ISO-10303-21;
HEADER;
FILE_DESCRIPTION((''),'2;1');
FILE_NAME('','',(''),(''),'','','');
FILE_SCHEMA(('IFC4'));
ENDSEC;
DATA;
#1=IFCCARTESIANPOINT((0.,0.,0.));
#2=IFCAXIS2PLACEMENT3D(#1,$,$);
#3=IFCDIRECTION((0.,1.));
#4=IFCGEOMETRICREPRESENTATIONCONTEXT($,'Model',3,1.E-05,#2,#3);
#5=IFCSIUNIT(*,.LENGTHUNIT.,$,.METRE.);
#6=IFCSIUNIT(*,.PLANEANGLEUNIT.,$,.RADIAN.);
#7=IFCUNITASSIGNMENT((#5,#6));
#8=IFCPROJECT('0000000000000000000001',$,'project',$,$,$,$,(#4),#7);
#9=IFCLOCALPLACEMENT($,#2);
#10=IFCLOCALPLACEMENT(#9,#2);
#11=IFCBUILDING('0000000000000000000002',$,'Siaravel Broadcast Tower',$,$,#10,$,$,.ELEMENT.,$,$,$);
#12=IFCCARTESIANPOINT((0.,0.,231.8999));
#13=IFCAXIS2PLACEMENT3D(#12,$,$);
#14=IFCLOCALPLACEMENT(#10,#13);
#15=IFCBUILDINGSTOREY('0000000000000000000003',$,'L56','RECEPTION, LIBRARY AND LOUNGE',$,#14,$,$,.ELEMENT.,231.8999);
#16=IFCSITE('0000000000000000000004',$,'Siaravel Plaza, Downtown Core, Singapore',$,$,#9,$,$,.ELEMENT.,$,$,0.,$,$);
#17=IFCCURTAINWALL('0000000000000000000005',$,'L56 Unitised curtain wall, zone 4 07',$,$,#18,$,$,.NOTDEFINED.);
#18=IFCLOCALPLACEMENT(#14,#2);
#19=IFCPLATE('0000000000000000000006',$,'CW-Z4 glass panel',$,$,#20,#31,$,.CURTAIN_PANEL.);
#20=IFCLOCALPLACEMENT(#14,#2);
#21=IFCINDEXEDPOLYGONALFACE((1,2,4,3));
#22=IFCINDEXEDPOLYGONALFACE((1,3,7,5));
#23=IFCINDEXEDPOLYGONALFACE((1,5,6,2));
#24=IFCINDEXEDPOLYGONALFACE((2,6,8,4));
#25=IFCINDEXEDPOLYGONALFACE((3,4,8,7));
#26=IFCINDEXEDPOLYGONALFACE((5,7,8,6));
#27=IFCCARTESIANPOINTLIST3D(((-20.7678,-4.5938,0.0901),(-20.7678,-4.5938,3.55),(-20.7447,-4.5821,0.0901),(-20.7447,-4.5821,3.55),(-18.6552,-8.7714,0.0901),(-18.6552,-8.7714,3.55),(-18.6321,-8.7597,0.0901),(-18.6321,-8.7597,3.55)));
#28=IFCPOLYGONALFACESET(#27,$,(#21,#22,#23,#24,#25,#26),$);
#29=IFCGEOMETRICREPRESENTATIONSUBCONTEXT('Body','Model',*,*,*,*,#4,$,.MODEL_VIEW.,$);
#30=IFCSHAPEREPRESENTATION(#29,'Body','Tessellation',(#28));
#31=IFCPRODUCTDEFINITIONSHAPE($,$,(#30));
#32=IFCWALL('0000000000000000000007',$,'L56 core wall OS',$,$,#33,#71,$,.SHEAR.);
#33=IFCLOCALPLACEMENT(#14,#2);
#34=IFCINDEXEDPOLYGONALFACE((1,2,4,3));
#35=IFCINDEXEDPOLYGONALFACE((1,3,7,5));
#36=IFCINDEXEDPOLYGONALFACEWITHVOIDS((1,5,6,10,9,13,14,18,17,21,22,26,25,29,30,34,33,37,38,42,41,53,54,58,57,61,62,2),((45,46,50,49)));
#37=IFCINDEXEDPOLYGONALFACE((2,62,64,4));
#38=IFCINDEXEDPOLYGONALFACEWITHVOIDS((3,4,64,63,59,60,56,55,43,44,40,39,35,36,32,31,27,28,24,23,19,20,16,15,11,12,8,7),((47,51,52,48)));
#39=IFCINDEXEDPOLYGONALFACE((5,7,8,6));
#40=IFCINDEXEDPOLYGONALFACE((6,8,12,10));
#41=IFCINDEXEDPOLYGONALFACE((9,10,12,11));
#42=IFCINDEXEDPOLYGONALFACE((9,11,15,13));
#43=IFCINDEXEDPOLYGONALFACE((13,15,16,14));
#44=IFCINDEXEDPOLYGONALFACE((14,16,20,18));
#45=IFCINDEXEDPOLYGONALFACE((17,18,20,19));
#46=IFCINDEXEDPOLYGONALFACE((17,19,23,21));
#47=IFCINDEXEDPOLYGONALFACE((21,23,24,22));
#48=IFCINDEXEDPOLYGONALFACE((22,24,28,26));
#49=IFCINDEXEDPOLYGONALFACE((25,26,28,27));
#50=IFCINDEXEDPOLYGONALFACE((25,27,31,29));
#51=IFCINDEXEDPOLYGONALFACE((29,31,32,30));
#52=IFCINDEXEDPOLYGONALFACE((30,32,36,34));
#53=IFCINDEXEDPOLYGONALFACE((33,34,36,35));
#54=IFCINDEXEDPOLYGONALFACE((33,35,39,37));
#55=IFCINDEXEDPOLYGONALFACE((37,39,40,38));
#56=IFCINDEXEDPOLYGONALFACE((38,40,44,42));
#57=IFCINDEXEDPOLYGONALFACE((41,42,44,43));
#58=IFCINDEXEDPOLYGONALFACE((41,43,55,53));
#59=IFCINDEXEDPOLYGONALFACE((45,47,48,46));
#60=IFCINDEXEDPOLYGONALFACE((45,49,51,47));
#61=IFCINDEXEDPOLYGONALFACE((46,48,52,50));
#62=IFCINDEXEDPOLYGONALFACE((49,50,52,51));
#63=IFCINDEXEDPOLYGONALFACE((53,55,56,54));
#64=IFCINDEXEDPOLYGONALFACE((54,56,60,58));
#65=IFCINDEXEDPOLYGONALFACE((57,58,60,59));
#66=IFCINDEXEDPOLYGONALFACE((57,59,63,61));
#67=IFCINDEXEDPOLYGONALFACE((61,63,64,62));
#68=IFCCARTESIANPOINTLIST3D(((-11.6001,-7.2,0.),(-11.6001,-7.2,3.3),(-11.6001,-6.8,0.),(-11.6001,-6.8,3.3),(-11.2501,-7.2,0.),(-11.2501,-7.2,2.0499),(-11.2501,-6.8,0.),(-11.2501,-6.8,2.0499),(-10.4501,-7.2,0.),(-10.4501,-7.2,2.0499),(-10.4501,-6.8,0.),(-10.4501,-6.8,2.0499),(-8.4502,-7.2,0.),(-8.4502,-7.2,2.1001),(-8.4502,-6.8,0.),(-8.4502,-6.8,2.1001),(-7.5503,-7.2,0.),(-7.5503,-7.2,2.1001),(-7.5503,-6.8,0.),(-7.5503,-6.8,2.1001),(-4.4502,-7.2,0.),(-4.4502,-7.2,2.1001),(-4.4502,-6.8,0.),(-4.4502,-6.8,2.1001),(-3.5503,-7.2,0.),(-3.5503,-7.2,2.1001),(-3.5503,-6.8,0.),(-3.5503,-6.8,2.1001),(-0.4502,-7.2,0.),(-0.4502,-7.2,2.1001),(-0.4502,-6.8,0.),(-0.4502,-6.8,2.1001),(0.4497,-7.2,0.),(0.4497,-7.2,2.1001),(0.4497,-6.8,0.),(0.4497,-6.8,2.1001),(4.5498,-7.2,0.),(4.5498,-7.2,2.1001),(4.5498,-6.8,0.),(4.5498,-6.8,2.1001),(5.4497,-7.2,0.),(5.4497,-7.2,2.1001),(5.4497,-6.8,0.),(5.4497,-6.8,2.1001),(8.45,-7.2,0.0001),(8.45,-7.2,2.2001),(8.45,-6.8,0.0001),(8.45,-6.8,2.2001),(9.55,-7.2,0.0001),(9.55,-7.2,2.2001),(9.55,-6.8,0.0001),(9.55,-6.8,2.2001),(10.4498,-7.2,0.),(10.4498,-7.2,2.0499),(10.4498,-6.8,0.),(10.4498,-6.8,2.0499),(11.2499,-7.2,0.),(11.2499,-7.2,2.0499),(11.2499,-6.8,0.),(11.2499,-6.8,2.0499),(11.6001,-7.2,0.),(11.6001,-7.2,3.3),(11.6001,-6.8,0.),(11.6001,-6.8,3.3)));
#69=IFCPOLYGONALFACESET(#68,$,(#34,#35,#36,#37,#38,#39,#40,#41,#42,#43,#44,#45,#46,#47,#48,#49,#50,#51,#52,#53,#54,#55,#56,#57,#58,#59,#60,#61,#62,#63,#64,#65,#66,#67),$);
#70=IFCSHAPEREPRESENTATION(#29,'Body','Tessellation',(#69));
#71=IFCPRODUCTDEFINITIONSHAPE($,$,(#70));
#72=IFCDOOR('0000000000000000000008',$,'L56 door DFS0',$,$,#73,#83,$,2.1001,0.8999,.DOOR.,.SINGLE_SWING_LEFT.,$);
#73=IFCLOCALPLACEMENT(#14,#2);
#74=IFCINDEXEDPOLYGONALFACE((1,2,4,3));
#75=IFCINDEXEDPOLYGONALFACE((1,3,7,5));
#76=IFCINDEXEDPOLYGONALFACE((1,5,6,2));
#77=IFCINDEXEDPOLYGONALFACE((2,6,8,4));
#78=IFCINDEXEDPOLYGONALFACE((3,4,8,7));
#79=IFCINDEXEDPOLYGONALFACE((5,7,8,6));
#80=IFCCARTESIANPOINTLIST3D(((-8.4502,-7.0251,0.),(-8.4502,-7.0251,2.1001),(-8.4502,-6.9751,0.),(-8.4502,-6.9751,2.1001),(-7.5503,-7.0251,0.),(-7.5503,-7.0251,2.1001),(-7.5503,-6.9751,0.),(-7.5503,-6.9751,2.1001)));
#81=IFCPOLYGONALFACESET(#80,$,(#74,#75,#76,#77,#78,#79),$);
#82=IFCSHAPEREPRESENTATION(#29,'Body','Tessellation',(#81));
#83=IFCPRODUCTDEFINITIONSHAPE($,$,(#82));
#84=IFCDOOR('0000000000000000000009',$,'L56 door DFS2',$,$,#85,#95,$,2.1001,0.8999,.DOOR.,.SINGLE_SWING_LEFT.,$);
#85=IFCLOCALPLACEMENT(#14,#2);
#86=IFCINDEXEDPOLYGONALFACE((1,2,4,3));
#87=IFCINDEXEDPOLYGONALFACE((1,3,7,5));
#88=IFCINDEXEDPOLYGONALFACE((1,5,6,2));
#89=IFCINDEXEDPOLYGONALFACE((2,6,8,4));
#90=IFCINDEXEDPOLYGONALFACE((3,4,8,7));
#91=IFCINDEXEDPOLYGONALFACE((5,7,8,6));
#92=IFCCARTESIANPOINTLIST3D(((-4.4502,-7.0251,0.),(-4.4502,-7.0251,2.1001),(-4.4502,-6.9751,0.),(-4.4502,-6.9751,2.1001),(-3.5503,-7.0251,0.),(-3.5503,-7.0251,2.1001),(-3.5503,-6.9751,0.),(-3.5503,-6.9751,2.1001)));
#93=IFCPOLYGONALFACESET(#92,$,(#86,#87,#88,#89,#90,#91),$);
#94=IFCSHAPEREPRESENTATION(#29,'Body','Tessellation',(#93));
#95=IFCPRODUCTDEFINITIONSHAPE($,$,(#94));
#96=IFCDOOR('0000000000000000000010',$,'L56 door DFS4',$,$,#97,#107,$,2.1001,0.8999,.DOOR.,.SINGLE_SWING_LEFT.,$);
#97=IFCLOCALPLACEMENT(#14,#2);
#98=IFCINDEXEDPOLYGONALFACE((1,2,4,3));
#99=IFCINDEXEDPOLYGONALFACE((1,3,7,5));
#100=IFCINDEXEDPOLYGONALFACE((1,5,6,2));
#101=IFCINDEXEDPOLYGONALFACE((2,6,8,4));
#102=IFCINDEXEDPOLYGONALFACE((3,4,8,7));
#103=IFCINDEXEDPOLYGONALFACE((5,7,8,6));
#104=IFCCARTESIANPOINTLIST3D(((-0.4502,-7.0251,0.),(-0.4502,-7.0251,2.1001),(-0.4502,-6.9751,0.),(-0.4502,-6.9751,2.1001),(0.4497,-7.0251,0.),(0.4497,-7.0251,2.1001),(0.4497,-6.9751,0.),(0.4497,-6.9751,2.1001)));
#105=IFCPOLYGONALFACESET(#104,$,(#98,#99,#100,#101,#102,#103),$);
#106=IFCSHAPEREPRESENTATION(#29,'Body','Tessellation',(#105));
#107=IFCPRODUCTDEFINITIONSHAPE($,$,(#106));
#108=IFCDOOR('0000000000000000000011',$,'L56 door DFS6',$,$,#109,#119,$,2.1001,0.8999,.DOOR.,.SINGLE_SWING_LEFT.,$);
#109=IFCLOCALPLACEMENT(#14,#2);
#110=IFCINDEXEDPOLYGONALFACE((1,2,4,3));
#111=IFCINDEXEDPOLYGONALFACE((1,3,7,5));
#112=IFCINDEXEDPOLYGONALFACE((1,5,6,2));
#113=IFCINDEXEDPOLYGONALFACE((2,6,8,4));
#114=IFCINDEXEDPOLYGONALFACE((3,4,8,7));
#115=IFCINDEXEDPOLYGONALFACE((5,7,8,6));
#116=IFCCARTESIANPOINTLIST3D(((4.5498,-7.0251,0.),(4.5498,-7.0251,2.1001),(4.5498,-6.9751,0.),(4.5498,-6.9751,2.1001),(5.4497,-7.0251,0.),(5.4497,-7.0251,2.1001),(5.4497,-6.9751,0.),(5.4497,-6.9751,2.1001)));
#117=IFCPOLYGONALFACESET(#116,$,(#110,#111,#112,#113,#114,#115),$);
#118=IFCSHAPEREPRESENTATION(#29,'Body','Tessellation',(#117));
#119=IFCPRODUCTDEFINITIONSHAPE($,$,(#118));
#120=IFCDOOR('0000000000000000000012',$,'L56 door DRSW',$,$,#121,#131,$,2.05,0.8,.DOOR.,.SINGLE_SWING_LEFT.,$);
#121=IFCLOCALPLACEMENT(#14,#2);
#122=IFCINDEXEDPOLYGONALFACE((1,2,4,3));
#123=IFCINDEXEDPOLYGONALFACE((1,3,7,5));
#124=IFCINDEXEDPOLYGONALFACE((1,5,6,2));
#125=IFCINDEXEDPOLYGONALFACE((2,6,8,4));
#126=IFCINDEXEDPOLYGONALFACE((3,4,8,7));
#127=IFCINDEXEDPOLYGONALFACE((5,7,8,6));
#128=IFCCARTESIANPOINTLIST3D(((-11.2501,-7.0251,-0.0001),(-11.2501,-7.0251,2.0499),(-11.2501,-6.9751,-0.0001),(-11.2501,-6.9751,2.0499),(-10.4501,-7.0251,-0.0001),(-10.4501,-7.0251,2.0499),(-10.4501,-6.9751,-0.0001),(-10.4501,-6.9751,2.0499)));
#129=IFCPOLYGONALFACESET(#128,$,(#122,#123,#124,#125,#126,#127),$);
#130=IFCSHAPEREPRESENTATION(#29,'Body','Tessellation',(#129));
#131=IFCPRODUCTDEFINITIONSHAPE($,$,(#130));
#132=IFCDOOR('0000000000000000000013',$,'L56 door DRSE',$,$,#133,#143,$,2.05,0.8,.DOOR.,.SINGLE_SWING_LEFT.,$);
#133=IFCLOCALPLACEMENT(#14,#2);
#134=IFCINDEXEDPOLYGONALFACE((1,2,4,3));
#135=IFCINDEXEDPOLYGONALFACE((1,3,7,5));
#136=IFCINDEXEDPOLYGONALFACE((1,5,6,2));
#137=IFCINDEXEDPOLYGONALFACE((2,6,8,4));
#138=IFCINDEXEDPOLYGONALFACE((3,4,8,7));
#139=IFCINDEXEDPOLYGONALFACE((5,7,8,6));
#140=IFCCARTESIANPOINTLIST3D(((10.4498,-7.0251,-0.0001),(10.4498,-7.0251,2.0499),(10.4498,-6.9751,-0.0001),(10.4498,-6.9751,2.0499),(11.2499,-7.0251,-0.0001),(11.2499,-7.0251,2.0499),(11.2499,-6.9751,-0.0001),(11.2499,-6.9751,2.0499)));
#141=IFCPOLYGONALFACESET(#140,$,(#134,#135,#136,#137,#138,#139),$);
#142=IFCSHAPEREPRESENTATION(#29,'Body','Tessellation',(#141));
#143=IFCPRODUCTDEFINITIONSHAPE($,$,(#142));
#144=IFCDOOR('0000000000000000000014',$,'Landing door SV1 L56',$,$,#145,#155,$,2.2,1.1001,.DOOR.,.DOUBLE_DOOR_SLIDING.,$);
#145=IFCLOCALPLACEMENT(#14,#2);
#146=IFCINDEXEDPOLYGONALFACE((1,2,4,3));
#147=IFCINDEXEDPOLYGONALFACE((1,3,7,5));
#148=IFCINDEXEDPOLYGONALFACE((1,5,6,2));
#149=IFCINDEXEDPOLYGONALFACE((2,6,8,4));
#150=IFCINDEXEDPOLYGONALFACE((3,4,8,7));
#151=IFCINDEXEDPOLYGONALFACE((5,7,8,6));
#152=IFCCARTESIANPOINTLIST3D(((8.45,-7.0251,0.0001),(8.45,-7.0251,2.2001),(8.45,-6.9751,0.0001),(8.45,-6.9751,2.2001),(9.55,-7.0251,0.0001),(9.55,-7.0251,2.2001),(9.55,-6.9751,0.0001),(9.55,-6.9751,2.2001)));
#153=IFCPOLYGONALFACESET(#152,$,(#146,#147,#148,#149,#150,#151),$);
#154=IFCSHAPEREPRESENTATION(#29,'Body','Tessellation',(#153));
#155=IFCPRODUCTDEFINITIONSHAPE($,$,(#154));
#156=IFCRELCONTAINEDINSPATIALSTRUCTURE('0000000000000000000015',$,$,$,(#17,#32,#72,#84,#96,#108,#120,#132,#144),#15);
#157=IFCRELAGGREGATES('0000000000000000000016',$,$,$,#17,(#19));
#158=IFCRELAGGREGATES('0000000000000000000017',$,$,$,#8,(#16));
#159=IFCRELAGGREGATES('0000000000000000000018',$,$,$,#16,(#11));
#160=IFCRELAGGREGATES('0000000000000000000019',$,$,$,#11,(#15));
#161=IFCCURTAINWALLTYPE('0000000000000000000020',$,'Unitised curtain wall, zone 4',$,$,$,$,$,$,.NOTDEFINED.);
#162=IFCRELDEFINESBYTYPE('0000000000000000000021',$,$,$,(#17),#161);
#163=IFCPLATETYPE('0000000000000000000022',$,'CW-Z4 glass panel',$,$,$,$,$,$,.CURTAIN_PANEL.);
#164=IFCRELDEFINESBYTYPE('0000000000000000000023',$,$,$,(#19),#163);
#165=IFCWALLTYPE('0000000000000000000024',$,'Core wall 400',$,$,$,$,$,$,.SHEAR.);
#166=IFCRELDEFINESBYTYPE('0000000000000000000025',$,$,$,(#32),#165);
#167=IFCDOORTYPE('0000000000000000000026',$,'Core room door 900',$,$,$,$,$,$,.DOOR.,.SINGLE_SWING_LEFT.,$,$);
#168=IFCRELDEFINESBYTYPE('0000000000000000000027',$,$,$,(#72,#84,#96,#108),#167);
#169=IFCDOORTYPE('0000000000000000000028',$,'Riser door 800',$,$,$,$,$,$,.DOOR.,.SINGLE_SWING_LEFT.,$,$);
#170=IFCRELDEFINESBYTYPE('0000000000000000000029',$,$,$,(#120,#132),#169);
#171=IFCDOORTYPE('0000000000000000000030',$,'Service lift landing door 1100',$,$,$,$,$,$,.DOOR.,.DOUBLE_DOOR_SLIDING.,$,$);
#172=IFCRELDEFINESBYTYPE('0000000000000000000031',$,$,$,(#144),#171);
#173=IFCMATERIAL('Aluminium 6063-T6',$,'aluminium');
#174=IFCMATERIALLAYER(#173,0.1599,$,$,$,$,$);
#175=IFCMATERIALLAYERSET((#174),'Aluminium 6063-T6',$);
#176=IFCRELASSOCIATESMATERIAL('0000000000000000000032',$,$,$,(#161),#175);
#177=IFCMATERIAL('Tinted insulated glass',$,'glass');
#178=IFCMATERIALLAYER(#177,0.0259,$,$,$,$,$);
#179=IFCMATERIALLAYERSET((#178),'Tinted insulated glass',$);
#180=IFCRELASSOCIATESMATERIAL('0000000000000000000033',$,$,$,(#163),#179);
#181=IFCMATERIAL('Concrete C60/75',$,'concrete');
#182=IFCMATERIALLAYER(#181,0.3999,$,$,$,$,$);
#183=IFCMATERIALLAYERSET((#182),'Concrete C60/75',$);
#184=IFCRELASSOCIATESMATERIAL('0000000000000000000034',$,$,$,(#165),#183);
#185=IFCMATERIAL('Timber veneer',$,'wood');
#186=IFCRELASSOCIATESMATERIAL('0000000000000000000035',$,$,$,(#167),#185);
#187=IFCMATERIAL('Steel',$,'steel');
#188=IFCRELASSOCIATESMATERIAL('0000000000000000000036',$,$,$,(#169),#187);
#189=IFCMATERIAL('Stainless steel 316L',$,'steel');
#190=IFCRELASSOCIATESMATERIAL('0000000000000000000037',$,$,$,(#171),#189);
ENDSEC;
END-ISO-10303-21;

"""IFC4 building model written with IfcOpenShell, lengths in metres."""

from ifc_helpers import new_model, si_unit, direction, frame, frame_2d, origin, origin_2d, place, context, subcontext, project, spatial, rectangle, extrude, material, layer, layer_set, type_object, element, fill, aggregate, save


model = new_model("IFC4")

# Units and contexts
model_context = context("Model", 3, precision=1e-05, world=origin(), true_north=direction((0.0, 1.0)))
body_context = subcontext(model_context, "Body", "Model", "MODEL_VIEW")
ifc_project = project(units=[si_unit("LENGTHUNIT", "METRE"), si_unit("PLANEANGLEUNIT", "RADIAN")], contexts=[model_context])

# Site, building, storey
site_placement = place(None, origin())
site = spatial("IfcSite", under=ifc_project, at=site_placement, Name="Siaravel Plaza, Downtown Core, Singapore", CompositionType="ELEMENT", RefElevation=0.0)
building_placement = place(site_placement, origin())
building = spatial("IfcBuilding", under=site, at=building_placement, Name="Siaravel Broadcast Tower", CompositionType="ELEMENT")
storey_placement = place(building_placement, frame((0.0, 0.0, 231.8999)))
storey = spatial("IfcBuildingStorey", under=building, at=storey_placement, Name="L56", Description="RECEPTION, LIBRARY AND LOUNGE", CompositionType="ELEMENT", Elevation=231.8999)

# Curtain wall, plate
ifc_material_1 = material(Name="Aluminium 6063-T6", Category="aluminium")
ifc_layer_1 = layer(ifc_material_1, 0.1599)
ifc_layer_set_1 = layer_set([ifc_layer_1], Name="Aluminium 6063-T6")
curtain_wall_type = type_object("IfcCurtainWallType", Name="Unitised curtain wall, zone 4", PredefinedType="NOTDEFINED", material=ifc_layer_set_1)
curtain_wall_placement = place(storey_placement, origin())
curtain_wall = element("IfcCurtainWall", 1, at=curtain_wall_placement, inside=storey, type_object=curtain_wall_type, Name="L56 Unitised curtain wall, zone 4 07", PredefinedType="NOTDEFINED")
ifc_material_2 = material(Name="Tinted insulated glass", Category="glass")
ifc_layer_2 = layer(ifc_material_2, 0.0259)
ifc_layer_set_2 = layer_set([ifc_layer_2], Name="Tinted insulated glass")
plate_type = type_object("IfcPlateType", Name="CW-Z4 glass panel", PredefinedType="CURTAIN_PANEL", material=ifc_layer_set_2)
plate_1_placement = place(storey_placement, frame((-19.7, -6.6768, 0.0901), z_axis=(0.0, 0.0, 1.0), x_axis=(0.451259, -0.892393, 0.0)))
plate_1 = element("IfcPlate", 2, at=plate_1_placement, type_object=plate_type, Name="CW-Z4 glass panel", PredefinedType="CURTAIN_PANEL", context=body_context, shape_type="SweptSolid", body=[
    extrude(rectangle(XDim=4.6814, YDim=0.0259, at=origin_2d()), origin(), (0.0, 0.0, 1.0), 3.46),
])
aggregate(curtain_wall, [plate_1])

# Wall, openings, doors
ifc_material_3 = material(Name="Concrete C60/75", Category="concrete")
ifc_layer_3 = layer(ifc_material_3, 0.3999)
ifc_layer_set_3 = layer_set([ifc_layer_3], Name="Concrete C60/75")
wall_type_1 = type_object("IfcWallType", Name="Core wall 400", PredefinedType="SHEAR", material=ifc_layer_set_3)
wall_1_placement = place(storey_placement, frame((-11.6001, -7.0, 0.0), z_axis=(0.0, 0.0, 1.0), x_axis=(1.0, 0.0, 0.0)))
wall_1 = element("IfcWall", 3, at=wall_1_placement, inside=storey, type_object=wall_type_1, Name="L56 core wall OS", PredefinedType="SHEAR", context=body_context, shape_type="SweptSolid", body=[
    extrude(rectangle(XDim=23.2002, YDim=0.3999, at=frame_2d((11.6001, 0.0))), origin(), (0.0, 0.0, 1.0), 3.3),
])
opening_1_placement = place(wall_1_placement, frame((20.05, 0.0, 0.0)))
opening_1 = element("IfcOpeningElement", 4, at=opening_1_placement, cuts=wall_1, PredefinedType="OPENING", context=body_context, shape_type="SweptSolid", body=[
    extrude(rectangle(XDim=1.1001, YDim=2.2, at=frame_2d((0.55, 1.1001))), frame((0.0, 0.21, 0.0), z_axis=(0.0, -1.0, 0.0), x_axis=(1.0, 0.0, 0.0)), (0.0, 0.0, 1.0), 0.4199),
])
opening_2_placement = place(wall_1_placement, frame((3.1499, 0.0, 0.0)))
opening_2 = element("IfcOpeningElement", 5, at=opening_2_placement, cuts=wall_1, PredefinedType="OPENING", context=body_context, shape_type="SweptSolid", body=[
    extrude(rectangle(XDim=0.8999, YDim=2.1001, at=frame_2d((0.45, 1.05))), frame((0.0, 0.21, 0.0), z_axis=(0.0, -1.0, 0.0), x_axis=(1.0, 0.0, 0.0)), (0.0, 0.0, 1.0), 0.4199),
])
opening_3_placement = place(wall_1_placement, frame((7.1499, 0.0, 0.0)))
opening_3 = element("IfcOpeningElement", 6, at=opening_3_placement, cuts=wall_1, PredefinedType="OPENING", context=body_context, shape_type="SweptSolid", body=[
    extrude(rectangle(XDim=0.8999, YDim=2.1001, at=frame_2d((0.45, 1.05))), frame((0.0, 0.21, 0.0), z_axis=(0.0, -1.0, 0.0), x_axis=(1.0, 0.0, 0.0)), (0.0, 0.0, 1.0), 0.4199),
])
opening_4_placement = place(wall_1_placement, frame((11.1499, 0.0, 0.0)))
opening_4 = element("IfcOpeningElement", 7, at=opening_4_placement, cuts=wall_1, PredefinedType="OPENING", context=body_context, shape_type="SweptSolid", body=[
    extrude(rectangle(XDim=0.8999, YDim=2.1001, at=frame_2d((0.45, 1.05))), frame((0.0, 0.21, 0.0), z_axis=(0.0, -1.0, 0.0), x_axis=(1.0, 0.0, 0.0)), (0.0, 0.0, 1.0), 0.4199),
])
opening_5_placement = place(wall_1_placement, frame((16.1499, 0.0, 0.0)))
opening_5 = element("IfcOpeningElement", 8, at=opening_5_placement, cuts=wall_1, PredefinedType="OPENING", context=body_context, shape_type="SweptSolid", body=[
    extrude(rectangle(XDim=0.8999, YDim=2.1001, at=frame_2d((0.45, 1.05))), frame((0.0, 0.21, 0.0), z_axis=(0.0, -1.0, 0.0), x_axis=(1.0, 0.0, 0.0)), (0.0, 0.0, 1.0), 0.4199),
])
opening_6_placement = place(wall_1_placement, frame((0.3501, 0.0, 0.0)))
opening_6 = element("IfcOpeningElement", 9, at=opening_6_placement, cuts=wall_1, PredefinedType="OPENING", context=body_context, shape_type="SweptSolid", body=[
    extrude(rectangle(XDim=0.8, YDim=2.05, at=frame_2d((0.3999, 1.0249))), frame((0.0, 0.21, 0.0), z_axis=(0.0, -1.0, 0.0), x_axis=(1.0, 0.0, 0.0)), (0.0, 0.0, 1.0), 0.4199),
])
opening_7_placement = place(wall_1_placement, frame((22.05, 0.0, 0.0)))
opening_7 = element("IfcOpeningElement", 10, at=opening_7_placement, cuts=wall_1, PredefinedType="OPENING", context=body_context, shape_type="SweptSolid", body=[
    extrude(rectangle(XDim=0.8, YDim=2.05, at=frame_2d((0.3999, 1.0249))), frame((0.0, 0.21, 0.0), z_axis=(0.0, -1.0, 0.0), x_axis=(1.0, 0.0, 0.0)), (0.0, 0.0, 1.0), 0.4199),
])
ifc_material_4 = material(Name="Timber veneer", Category="wood")
door_type_1 = type_object("IfcDoorType", Name="Core room door 900", OperationType="SINGLE_SWING_LEFT", PredefinedType="DOOR", material=ifc_material_4)
door_1_placement = place(opening_2_placement, origin())
door_1 = element("IfcDoor", 11, at=door_1_placement, inside=storey, type_object=door_type_1, Name="L56 door DFS0", OperationType="SINGLE_SWING_LEFT", OverallHeight=2.1001, OverallWidth=0.8999, PredefinedType="DOOR", context=body_context, shape_type="SweptSolid", body=[
    extrude(rectangle(XDim=0.8999, YDim=2.1001, at=frame_2d((0.45, 1.05))), frame((0.0, 0.0249, 0.0), z_axis=(0.0, -1.0, 0.0), x_axis=(1.0, 0.0, 0.0)), (0.0, 0.0, 1.0), 0.05),
])
fill(opening_2, door_1)
door_2_placement = place(opening_3_placement, origin())
door_2 = element("IfcDoor", 12, at=door_2_placement, inside=storey, type_object=door_type_1, Name="L56 door DFS2", OperationType="SINGLE_SWING_LEFT", OverallHeight=2.1001, OverallWidth=0.8999, PredefinedType="DOOR", context=body_context, shape_type="SweptSolid", body=[
    extrude(rectangle(XDim=0.8999, YDim=2.1001, at=frame_2d((0.45, 1.05))), frame((0.0, 0.0249, 0.0), z_axis=(0.0, -1.0, 0.0), x_axis=(1.0, 0.0, 0.0)), (0.0, 0.0, 1.0), 0.05),
])
fill(opening_3, door_2)
door_3_placement = place(opening_4_placement, origin())
door_3 = element("IfcDoor", 13, at=door_3_placement, inside=storey, type_object=door_type_1, Name="L56 door DFS4", OperationType="SINGLE_SWING_LEFT", OverallHeight=2.1001, OverallWidth=0.8999, PredefinedType="DOOR", context=body_context, shape_type="SweptSolid", body=[
    extrude(rectangle(XDim=0.8999, YDim=2.1001, at=frame_2d((0.45, 1.05))), frame((0.0, 0.0249, 0.0), z_axis=(0.0, -1.0, 0.0), x_axis=(1.0, 0.0, 0.0)), (0.0, 0.0, 1.0), 0.05),
])
fill(opening_4, door_3)
door_4_placement = place(opening_5_placement, origin())
door_4 = element("IfcDoor", 14, at=door_4_placement, inside=storey, type_object=door_type_1, Name="L56 door DFS6", OperationType="SINGLE_SWING_LEFT", OverallHeight=2.1001, OverallWidth=0.8999, PredefinedType="DOOR", context=body_context, shape_type="SweptSolid", body=[
    extrude(rectangle(XDim=0.8999, YDim=2.1001, at=frame_2d((0.45, 1.05))), frame((0.0, 0.0249, 0.0), z_axis=(0.0, -1.0, 0.0), x_axis=(1.0, 0.0, 0.0)), (0.0, 0.0, 1.0), 0.05),
])
fill(opening_5, door_4)
ifc_material_5 = material(Name="Steel", Category="steel")
door_type_2 = type_object("IfcDoorType", Name="Riser door 800", OperationType="SINGLE_SWING_LEFT", PredefinedType="DOOR", material=ifc_material_5)
door_5_placement = place(opening_6_placement, origin())
door_5 = element("IfcDoor", 15, at=door_5_placement, inside=storey, type_object=door_type_2, Name="L56 door DRSW", OperationType="SINGLE_SWING_LEFT", OverallHeight=2.05, OverallWidth=0.8, PredefinedType="DOOR", context=body_context, shape_type="SweptSolid", body=[
    extrude(rectangle(XDim=0.8, YDim=2.05, at=frame_2d((0.3999, 1.0249))), frame((0.0, 0.0249, 0.0), z_axis=(0.0, -1.0, 0.0), x_axis=(1.0, 0.0, 0.0)), (0.0, 0.0, 1.0), 0.05),
])
fill(opening_6, door_5)
door_6_placement = place(opening_7_placement, origin())
door_6 = element("IfcDoor", 16, at=door_6_placement, inside=storey, type_object=door_type_2, Name="L56 door DRSE", OperationType="SINGLE_SWING_LEFT", OverallHeight=2.05, OverallWidth=0.8, PredefinedType="DOOR", context=body_context, shape_type="SweptSolid", body=[
    extrude(rectangle(XDim=0.8, YDim=2.05, at=frame_2d((0.3999, 1.0249))), frame((0.0, 0.0249, 0.0), z_axis=(0.0, -1.0, 0.0), x_axis=(1.0, 0.0, 0.0)), (0.0, 0.0, 1.0), 0.05),
])
fill(opening_7, door_6)
ifc_material_6 = material(Name="Stainless steel 316L", Category="steel")
door_type_3 = type_object("IfcDoorType", Name="Service lift landing door 1100", OperationType="DOUBLE_DOOR_SLIDING", PredefinedType="DOOR", material=ifc_material_6)
door_7_placement = place(opening_1_placement, origin())
door_7 = element("IfcDoor", 17, at=door_7_placement, inside=storey, type_object=door_type_3, Name="Landing door SV1 L56", OperationType="DOUBLE_DOOR_SLIDING", OverallHeight=2.2, OverallWidth=1.1001, PredefinedType="DOOR", context=body_context, shape_type="SweptSolid", body=[
    extrude(rectangle(XDim=1.1001, YDim=2.2, at=frame_2d((0.55, 1.1001))), frame((0.0, 0.0249, 0.0), z_axis=(0.0, -1.0, 0.0), x_axis=(1.0, 0.0, 0.0)), (0.0, 0.0, 1.0), 0.05),
])
fill(opening_1, door_7)

save(model, "model.ifc")
